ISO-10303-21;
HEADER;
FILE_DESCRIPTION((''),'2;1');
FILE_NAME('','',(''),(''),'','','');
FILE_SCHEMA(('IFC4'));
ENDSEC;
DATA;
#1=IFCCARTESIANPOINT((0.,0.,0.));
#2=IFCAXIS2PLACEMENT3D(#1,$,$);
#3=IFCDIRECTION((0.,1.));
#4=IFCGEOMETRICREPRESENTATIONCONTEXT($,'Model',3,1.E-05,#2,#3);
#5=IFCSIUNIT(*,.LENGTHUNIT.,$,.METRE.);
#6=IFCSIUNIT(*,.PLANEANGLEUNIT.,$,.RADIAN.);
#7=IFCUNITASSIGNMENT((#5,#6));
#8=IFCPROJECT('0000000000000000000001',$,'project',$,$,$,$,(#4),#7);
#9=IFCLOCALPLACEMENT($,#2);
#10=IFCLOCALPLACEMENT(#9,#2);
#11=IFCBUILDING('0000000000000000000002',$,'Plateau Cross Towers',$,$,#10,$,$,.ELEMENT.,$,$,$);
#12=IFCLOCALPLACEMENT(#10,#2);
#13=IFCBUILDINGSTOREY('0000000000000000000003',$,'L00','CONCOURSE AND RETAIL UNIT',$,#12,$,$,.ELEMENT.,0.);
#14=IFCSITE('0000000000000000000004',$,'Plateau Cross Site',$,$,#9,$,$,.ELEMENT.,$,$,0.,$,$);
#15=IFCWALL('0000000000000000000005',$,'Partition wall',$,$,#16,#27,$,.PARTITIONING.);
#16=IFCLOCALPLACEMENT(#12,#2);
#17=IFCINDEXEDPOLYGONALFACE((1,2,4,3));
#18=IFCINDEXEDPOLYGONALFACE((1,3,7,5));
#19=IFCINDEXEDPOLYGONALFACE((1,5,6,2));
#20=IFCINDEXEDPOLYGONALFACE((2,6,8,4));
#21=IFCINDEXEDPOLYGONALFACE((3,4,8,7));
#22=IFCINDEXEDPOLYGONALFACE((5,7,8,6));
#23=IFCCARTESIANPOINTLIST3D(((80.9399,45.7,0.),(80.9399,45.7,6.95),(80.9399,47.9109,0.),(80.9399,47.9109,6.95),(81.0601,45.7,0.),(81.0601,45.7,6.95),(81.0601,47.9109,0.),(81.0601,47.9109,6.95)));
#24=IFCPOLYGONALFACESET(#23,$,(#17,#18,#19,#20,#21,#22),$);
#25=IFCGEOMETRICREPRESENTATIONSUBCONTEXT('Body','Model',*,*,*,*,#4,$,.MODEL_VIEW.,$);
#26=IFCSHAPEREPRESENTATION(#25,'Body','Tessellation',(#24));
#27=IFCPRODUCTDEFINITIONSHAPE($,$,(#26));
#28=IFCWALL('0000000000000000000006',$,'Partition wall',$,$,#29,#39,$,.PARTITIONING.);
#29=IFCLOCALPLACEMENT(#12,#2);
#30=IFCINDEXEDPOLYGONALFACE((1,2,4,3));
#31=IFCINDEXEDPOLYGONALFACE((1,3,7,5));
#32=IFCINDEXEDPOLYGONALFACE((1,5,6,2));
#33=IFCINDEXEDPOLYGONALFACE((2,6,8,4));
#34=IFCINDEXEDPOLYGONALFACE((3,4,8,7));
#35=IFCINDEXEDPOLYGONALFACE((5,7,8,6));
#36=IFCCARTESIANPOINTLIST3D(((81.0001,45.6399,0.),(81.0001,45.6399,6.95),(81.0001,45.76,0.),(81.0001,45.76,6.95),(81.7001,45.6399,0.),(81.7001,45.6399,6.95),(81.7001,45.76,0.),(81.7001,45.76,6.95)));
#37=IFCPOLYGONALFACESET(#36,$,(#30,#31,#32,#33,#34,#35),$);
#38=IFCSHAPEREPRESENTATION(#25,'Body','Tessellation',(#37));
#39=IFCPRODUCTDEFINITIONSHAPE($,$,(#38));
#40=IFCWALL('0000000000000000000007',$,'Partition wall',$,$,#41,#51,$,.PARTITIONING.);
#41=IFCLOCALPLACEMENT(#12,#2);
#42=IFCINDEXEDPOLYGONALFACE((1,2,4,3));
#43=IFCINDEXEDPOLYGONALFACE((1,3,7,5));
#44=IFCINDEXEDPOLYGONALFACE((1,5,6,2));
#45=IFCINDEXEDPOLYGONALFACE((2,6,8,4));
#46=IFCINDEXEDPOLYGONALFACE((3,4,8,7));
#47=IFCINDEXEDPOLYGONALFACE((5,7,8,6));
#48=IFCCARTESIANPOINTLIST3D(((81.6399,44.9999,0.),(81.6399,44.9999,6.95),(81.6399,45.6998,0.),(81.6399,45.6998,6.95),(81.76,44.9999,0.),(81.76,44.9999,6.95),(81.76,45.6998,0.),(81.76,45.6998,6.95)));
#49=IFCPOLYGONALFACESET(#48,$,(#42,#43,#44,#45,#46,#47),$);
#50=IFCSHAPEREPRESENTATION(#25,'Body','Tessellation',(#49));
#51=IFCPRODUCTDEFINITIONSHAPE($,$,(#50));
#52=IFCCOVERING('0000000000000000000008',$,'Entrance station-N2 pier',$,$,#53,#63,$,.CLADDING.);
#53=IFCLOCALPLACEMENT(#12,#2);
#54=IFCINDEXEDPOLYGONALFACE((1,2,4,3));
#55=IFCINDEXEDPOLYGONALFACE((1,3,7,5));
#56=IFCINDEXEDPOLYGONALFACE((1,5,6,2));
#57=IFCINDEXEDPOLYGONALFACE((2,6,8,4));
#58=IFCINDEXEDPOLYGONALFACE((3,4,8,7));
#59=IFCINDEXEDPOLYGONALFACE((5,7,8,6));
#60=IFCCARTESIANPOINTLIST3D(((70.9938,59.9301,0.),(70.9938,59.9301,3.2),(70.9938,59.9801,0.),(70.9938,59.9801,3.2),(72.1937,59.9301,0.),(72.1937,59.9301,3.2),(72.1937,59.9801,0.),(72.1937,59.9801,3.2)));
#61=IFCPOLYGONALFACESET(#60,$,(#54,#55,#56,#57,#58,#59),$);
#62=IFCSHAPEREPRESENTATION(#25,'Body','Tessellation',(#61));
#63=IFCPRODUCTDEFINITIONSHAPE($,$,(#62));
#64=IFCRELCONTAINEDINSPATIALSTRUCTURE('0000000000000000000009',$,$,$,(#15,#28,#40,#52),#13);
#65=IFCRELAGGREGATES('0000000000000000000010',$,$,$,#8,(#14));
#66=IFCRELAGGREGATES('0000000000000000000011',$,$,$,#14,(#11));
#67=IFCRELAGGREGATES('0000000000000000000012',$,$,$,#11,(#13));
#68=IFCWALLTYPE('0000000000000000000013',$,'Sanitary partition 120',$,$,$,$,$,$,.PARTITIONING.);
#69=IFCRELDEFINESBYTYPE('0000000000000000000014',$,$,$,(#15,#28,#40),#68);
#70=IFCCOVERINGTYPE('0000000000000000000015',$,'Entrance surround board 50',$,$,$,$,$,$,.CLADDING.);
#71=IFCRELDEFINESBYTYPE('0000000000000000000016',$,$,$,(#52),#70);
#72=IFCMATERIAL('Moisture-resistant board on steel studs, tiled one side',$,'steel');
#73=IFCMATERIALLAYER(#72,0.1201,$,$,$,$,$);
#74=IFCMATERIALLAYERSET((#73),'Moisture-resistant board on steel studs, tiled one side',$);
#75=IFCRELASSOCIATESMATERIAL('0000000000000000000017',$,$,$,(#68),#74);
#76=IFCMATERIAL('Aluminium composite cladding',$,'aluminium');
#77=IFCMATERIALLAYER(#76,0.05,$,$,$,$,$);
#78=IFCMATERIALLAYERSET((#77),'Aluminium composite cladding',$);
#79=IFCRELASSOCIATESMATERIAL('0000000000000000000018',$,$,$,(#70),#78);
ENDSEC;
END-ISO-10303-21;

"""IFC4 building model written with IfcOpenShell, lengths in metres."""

from ifc_helpers import new_model, si_unit, direction, frame, frame_2d, origin, origin_2d, place, context, subcontext, project, spatial, rectangle, extrude, material, layer, layer_set, type_object, element, save


model = new_model("IFC4")

# Units and contexts
model_context = context("Model", 3, precision=1e-05, world=origin(), true_north=direction((0.0, 1.0)))
body_context = subcontext(model_context, "Body", "Model", "MODEL_VIEW")
ifc_project = project(units=[si_unit("LENGTHUNIT", "METRE"), si_unit("PLANEANGLEUNIT", "RADIAN")], contexts=[model_context])

# Site, building, storey
site_placement = place(None, origin())
site = spatial("IfcSite", under=ifc_project, at=site_placement, Name="Plateau Cross Site", CompositionType="ELEMENT", RefElevation=0.0)
building_placement = place(site_placement, origin())
building = spatial("IfcBuilding", under=site, at=building_placement, Name="Plateau Cross Towers", CompositionType="ELEMENT")
storey_placement = place(building_placement, origin())
storey = spatial("IfcBuildingStorey", under=building, at=storey_placement, Name="L00", Description="CONCOURSE AND RETAIL UNIT", CompositionType="ELEMENT", Elevation=0.0)

# Shared definitions
ifc_material_1 = material(Name="Moisture-resistant board on steel studs, tiled one side", Category="steel")
ifc_layer_1 = layer(ifc_material_1, 0.1201)
ifc_layer_set_1 = layer_set([ifc_layer_1], Name="Moisture-resistant board on steel studs, tiled one side")
wall_type_1 = type_object("IfcWallType", Name="Sanitary partition 120", PredefinedType="PARTITIONING", material=ifc_layer_set_1)

# Walls
wall_1_placement = place(storey_placement, frame((81.0, 47.9109, 0.0), z_axis=(0.0, 0.0, 1.0), x_axis=(0.0, -1.0, 0.0)))
element("IfcWall", 1, at=wall_1_placement, inside=storey, type_object=wall_type_1, Name="Partition wall", PredefinedType="PARTITIONING", context=body_context, shape_type="SweptSolid", body=[
    extrude(rectangle(XDim=2.2109, YDim=0.1201, at=frame_2d((1.1055, 0.0))), origin(), (0.0, 0.0, 1.0), 6.95),
])
for number, where, z_axis, x_axis, name in (
    (2, (81.0, 45.7, 0.0), (0.0, 0.0, 1.0), (1.0, 0.0, 0.0), "Partition wall"),
    (3, (81.7, 45.7, 0.0), (0.0, 0.0, 1.0), (0.0, -1.0, 0.0), "Partition wall"),
):
    element("IfcWall", number, at=place(storey_placement, frame(where, z_axis=z_axis, x_axis=x_axis)), inside=storey, type_object=wall_type_1, Name=name, PredefinedType="PARTITIONING", context=body_context, shape_type="SweptSolid", body=[
        extrude(rectangle(XDim=0.7, YDim=0.1201, at=frame_2d((0.3501, 0.0))), origin(), (0.0, 0.0, 1.0), 6.95),
    ])

# Covering
ifc_material_2 = material(Name="Aluminium composite cladding", Category="aluminium")
ifc_layer_2 = layer(ifc_material_2, 0.05)
ifc_layer_set_2 = layer_set([ifc_layer_2], Name="Aluminium composite cladding")
covering_type = type_object("IfcCoveringType", Name="Entrance surround board 50", PredefinedType="CLADDING", material=ifc_layer_set_2)
covering_placement = place(storey_placement, frame((71.5938, 59.9551, 0.0), z_axis=(0.0, 0.0, 1.0), x_axis=(-1.0, 0.0, 0.0)))
element("IfcCovering", 4, at=covering_placement, inside=storey, type_object=covering_type, Name="Entrance station-N2 pier", PredefinedType="CLADDING", context=body_context, shape_type="SweptSolid", body=[
    extrude(rectangle(XDim=1.2, YDim=0.05, at=origin_2d()), origin(), (0.0, 0.0, 1.0), 3.2),
])

save(model, "model.ifc")
